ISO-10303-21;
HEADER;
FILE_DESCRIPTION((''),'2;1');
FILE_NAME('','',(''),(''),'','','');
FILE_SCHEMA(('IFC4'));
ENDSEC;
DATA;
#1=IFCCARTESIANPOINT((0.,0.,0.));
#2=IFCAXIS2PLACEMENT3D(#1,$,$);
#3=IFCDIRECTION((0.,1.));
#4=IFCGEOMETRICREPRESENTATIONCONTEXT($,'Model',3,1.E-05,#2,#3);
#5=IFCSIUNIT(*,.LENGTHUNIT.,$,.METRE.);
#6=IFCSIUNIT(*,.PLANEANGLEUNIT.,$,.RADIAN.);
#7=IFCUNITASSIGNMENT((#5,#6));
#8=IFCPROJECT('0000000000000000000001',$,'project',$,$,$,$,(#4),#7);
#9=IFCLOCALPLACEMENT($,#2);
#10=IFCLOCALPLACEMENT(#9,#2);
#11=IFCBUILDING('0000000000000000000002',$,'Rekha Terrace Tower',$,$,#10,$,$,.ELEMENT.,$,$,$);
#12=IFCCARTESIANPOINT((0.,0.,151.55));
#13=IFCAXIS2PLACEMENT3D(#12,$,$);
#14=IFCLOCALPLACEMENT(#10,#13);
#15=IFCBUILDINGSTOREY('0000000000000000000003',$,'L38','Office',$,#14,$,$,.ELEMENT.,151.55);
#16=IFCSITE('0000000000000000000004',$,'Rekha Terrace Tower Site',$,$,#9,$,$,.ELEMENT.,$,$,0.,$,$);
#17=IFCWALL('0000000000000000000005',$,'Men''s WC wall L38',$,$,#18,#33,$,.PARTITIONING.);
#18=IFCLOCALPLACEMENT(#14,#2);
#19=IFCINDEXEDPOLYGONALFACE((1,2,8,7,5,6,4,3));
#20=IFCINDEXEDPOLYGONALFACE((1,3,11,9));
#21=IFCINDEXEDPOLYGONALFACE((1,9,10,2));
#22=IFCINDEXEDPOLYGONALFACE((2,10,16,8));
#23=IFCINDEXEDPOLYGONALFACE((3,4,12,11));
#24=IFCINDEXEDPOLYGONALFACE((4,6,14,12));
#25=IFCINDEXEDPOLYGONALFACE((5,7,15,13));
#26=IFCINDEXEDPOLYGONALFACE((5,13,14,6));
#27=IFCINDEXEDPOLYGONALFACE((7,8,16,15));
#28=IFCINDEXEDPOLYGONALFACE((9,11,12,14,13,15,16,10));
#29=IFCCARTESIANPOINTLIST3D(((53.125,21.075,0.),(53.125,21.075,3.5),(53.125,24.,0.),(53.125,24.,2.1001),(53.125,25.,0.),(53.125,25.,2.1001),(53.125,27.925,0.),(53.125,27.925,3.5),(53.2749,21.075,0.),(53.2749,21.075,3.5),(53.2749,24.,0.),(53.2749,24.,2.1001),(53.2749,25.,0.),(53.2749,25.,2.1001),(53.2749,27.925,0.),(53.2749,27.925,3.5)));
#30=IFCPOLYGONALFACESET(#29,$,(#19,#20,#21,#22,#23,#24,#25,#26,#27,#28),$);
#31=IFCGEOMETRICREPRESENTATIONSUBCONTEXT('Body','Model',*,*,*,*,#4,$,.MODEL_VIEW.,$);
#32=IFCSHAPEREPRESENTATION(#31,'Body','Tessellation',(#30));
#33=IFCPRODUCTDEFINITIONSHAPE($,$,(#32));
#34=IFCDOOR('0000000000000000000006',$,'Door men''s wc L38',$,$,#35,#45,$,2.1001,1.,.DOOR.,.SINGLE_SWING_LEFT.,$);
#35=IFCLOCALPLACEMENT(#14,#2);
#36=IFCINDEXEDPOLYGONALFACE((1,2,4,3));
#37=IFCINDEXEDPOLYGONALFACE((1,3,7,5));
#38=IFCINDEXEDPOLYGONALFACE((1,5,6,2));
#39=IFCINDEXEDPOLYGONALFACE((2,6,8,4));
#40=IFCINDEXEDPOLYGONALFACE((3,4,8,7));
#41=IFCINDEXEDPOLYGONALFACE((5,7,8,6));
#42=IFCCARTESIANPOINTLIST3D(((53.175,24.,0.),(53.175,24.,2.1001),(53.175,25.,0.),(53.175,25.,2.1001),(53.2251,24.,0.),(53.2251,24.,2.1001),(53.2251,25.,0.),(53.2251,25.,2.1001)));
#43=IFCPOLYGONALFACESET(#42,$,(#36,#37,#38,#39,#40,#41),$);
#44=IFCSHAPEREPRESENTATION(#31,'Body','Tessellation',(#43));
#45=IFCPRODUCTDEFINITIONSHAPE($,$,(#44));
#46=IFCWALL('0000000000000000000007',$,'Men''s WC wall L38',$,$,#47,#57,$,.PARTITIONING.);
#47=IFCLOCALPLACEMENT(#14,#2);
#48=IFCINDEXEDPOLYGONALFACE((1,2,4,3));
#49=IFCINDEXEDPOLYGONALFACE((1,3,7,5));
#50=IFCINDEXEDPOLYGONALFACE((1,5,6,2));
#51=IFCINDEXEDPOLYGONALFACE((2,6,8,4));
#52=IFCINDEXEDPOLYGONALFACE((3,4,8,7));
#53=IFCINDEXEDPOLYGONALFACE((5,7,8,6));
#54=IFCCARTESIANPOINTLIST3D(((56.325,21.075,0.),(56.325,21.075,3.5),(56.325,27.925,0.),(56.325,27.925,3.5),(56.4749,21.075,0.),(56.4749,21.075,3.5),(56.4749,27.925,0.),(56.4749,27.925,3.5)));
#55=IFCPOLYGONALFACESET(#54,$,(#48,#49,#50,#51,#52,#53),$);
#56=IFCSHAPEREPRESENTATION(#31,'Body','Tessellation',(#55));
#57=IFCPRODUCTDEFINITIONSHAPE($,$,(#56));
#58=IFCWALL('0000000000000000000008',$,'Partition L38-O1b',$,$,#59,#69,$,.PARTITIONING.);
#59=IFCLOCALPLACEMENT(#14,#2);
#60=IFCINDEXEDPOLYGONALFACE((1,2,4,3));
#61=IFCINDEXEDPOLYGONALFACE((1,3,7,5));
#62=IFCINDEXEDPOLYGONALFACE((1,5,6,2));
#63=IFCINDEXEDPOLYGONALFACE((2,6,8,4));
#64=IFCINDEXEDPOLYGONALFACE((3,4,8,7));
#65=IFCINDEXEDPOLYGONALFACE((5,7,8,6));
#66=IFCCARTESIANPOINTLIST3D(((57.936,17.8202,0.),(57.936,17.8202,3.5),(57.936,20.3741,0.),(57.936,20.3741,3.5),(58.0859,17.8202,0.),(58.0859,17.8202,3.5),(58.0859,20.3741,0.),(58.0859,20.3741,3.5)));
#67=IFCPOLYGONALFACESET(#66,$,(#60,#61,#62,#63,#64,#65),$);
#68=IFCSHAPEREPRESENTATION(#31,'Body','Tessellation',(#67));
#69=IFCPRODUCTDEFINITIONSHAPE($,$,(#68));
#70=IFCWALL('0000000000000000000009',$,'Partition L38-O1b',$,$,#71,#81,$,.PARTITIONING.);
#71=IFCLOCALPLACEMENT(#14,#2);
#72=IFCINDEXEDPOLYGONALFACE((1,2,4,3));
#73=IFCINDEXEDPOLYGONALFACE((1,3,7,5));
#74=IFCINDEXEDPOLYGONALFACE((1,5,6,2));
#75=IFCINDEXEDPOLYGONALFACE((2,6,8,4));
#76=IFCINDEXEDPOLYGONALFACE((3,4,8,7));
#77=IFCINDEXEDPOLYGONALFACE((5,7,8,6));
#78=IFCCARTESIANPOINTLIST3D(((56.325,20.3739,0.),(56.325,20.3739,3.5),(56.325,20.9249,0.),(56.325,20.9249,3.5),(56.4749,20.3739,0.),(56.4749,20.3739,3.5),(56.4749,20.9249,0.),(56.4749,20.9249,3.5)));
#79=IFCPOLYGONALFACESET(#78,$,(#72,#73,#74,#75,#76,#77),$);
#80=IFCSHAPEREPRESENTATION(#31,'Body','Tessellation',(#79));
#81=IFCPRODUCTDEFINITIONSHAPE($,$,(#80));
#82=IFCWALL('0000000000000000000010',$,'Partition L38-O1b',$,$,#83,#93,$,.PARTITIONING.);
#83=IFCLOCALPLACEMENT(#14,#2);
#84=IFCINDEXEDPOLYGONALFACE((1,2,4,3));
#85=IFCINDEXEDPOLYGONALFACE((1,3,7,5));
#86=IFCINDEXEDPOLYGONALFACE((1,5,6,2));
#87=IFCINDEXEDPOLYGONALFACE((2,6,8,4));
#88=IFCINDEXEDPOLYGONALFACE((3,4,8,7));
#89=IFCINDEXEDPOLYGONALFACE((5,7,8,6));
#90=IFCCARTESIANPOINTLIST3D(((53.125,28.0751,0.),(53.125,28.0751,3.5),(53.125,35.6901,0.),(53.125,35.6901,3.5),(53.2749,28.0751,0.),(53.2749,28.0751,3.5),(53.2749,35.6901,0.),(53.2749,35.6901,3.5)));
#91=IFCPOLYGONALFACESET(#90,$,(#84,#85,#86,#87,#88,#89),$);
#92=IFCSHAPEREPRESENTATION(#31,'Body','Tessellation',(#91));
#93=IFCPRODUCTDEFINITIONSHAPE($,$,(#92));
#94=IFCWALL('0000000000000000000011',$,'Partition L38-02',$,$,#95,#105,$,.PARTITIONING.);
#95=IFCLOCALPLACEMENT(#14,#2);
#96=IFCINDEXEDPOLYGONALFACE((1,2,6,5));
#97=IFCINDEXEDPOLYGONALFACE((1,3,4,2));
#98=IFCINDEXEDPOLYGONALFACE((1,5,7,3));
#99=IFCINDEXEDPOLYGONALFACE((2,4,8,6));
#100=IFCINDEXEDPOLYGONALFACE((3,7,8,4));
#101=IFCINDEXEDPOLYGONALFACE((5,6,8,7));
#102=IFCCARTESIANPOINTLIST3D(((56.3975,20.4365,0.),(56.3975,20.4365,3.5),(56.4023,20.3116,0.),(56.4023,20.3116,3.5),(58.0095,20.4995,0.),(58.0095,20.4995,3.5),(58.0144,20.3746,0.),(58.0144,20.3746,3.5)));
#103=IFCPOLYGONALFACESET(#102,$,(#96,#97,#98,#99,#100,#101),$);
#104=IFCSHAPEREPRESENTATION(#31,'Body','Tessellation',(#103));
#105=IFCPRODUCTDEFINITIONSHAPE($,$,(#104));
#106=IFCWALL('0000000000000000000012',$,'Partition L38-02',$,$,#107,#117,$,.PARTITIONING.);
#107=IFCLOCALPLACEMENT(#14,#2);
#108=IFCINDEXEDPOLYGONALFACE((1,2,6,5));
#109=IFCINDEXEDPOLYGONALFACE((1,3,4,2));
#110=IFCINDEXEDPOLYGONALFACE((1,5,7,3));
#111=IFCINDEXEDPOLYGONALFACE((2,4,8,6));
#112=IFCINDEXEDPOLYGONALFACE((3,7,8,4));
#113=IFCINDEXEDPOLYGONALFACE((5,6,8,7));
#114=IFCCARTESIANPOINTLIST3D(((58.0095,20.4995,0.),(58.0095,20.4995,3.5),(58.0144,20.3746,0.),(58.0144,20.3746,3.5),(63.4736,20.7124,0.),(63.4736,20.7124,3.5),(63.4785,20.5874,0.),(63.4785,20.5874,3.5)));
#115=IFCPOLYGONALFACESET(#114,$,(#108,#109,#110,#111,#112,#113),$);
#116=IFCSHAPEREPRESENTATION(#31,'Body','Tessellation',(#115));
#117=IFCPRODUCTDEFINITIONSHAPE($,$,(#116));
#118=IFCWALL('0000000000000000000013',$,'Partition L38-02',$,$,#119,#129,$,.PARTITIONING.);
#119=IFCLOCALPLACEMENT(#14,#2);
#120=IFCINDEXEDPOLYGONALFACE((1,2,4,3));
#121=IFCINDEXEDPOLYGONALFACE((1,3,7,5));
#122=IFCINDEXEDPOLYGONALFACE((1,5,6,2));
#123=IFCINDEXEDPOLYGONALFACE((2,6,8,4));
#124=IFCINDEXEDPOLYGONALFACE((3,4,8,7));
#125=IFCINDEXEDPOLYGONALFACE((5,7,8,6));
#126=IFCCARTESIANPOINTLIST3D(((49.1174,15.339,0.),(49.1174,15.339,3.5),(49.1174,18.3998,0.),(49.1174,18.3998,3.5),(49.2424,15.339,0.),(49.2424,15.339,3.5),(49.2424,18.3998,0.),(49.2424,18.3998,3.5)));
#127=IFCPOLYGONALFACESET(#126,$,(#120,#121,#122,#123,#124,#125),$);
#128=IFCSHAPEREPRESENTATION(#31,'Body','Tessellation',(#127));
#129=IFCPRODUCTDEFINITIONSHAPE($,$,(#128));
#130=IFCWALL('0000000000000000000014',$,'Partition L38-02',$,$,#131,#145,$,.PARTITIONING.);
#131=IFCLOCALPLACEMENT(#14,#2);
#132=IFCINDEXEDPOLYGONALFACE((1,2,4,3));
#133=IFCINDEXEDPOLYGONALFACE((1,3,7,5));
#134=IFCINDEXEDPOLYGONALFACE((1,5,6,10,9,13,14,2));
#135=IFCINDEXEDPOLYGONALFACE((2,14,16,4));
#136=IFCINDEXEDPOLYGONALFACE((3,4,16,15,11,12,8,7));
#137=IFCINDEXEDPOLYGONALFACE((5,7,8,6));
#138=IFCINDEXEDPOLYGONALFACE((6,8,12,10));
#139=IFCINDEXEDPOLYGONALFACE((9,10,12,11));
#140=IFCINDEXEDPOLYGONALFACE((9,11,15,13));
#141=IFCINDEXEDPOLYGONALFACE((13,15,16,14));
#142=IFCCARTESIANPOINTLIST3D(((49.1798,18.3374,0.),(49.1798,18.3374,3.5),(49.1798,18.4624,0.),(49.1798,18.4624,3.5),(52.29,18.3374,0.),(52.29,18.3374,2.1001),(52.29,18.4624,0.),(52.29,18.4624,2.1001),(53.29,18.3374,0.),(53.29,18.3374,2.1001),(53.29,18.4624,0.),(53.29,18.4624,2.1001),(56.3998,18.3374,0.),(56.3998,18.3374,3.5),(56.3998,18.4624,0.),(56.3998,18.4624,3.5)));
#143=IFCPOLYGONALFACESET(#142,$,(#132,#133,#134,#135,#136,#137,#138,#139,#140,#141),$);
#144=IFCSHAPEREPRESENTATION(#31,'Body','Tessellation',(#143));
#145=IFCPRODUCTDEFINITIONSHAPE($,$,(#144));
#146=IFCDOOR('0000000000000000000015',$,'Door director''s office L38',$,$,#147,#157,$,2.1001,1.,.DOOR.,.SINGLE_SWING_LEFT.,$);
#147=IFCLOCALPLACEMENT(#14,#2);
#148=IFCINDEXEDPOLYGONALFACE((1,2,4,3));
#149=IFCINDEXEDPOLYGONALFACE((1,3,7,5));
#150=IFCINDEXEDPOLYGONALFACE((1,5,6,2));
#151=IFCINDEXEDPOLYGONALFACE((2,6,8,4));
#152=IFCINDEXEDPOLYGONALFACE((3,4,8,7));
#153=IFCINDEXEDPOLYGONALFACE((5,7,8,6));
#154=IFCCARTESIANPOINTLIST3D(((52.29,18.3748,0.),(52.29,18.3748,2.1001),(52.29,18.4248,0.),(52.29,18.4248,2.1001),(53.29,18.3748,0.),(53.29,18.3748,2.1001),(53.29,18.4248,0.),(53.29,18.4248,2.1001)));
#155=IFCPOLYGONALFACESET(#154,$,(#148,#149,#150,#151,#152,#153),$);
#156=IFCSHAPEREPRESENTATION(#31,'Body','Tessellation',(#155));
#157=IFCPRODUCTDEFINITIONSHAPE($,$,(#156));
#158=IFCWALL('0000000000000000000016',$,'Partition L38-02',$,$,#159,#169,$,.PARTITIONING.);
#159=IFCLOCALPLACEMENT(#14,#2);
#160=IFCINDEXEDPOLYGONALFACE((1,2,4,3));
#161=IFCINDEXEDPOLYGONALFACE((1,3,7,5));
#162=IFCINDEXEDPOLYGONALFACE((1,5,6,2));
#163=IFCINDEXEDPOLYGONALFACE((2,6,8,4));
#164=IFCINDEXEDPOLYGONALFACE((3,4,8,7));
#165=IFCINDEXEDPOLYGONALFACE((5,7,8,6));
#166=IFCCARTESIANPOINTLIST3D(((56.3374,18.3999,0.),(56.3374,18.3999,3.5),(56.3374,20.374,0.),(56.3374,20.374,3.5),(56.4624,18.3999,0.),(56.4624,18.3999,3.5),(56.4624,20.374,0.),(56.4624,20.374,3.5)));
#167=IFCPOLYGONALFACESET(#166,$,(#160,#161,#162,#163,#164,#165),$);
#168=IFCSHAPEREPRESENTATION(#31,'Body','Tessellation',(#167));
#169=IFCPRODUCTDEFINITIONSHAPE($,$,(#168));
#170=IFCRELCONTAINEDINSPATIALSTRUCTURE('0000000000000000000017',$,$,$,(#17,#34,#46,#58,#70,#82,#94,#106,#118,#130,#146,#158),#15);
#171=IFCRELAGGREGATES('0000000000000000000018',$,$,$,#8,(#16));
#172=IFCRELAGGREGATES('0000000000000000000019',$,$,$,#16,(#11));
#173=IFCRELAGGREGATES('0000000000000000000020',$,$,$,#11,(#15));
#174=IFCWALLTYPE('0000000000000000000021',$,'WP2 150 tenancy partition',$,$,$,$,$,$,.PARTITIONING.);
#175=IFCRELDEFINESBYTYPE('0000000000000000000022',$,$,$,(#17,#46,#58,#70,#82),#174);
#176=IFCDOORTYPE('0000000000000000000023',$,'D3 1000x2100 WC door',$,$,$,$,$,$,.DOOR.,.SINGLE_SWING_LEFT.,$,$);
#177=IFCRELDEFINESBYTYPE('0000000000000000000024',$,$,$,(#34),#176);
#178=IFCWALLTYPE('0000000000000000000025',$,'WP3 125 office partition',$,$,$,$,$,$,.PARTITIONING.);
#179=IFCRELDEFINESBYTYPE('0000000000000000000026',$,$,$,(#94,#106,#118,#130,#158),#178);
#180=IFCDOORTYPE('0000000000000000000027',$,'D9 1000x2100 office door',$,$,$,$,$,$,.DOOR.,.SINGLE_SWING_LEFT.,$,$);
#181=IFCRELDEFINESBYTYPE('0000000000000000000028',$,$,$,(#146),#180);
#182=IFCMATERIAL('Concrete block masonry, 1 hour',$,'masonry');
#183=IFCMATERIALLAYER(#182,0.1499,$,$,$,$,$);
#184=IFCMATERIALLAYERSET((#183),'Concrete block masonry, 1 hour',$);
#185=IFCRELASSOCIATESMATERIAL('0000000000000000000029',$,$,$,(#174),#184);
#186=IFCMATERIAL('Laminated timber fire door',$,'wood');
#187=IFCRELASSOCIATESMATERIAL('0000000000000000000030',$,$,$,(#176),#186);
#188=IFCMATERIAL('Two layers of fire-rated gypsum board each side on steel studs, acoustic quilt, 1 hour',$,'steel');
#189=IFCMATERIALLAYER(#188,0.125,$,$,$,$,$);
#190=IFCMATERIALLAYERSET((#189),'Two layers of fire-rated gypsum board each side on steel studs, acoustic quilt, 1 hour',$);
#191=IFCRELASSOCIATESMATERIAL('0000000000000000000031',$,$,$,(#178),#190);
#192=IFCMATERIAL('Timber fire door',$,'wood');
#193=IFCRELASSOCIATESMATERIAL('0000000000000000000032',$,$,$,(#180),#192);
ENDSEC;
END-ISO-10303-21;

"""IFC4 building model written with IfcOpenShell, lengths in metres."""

from ifc_helpers import new_model, si_unit, direction, frame, frame_2d, origin, place, context, subcontext, project, spatial, rectangle, extrude, material, layer, layer_set, type_object, element, fill, save


model = new_model("IFC4")

# Units and contexts
model_context = context("Model", 3, precision=1e-05, world=origin(), true_north=direction((0.0, 1.0)))
body_context = subcontext(model_context, "Body", "Model", "MODEL_VIEW")
ifc_project = project(units=[si_unit("LENGTHUNIT", "METRE"), si_unit("PLANEANGLEUNIT", "RADIAN")], contexts=[model_context])

# Site, building, storey
site_placement = place(None, origin())
site = spatial("IfcSite", under=ifc_project, at=site_placement, Name="Rekha Terrace Tower Site", CompositionType="ELEMENT", RefElevation=0.0)
building_placement = place(site_placement, origin())
building = spatial("IfcBuilding", under=site, at=building_placement, Name="Rekha Terrace Tower", CompositionType="ELEMENT")
storey_placement = place(building_placement, frame((0.0, 0.0, 151.55)))
storey = spatial("IfcBuildingStorey", under=building, at=storey_placement, Name="L38", Description="Office", CompositionType="ELEMENT", Elevation=151.55)

# Shared definitions
ifc_material_1 = material(Name="Concrete block masonry, 1 hour", Category="masonry")
ifc_layer_1 = layer(ifc_material_1, 0.1499)
ifc_layer_set_1 = layer_set([ifc_layer_1], Name="Concrete block masonry, 1 hour")
wall_type_1 = type_object("IfcWallType", Name="WP2 150 tenancy partition", PredefinedType="PARTITIONING", material=ifc_layer_set_1)

# Wall, opening, door
wall_1_placement = place(storey_placement, frame((53.2, 21.075, 0.0), z_axis=(0.0, 0.0, 1.0), x_axis=(0.0, 1.0, 0.0)))
wall_1 = element("IfcWall", 1, at=wall_1_placement, inside=storey, type_object=wall_type_1, Name="Men's WC wall L38", PredefinedType="PARTITIONING", context=body_context, shape_type="SweptSolid", body=[
    extrude(rectangle(XDim=6.8501, YDim=0.1499, at=frame_2d((3.425, 0.0))), origin(), (0.0, 0.0, 1.0), 3.5),
])
opening_1_placement = place(wall_1_placement, frame((2.925, 0.0, 0.0)))
opening_1 = element("IfcOpeningElement", 2, at=opening_1_placement, cuts=wall_1, PredefinedType="OPENING", context=body_context, shape_type="SweptSolid", body=[
    extrude(rectangle(XDim=1.0, YDim=2.1001, at=frame_2d((0.5, 1.05))), frame((0.0, 0.085, 0.0), z_axis=(0.0, -1.0, 0.0), x_axis=(1.0, 0.0, 0.0)), (0.0, 0.0, 1.0), 0.1699),
])
ifc_material_2 = material(Name="Laminated timber fire door", Category="wood")
door_type_1 = type_object("IfcDoorType", Name="D3 1000x2100 WC door", OperationType="SINGLE_SWING_LEFT", PredefinedType="DOOR", material=ifc_material_2)
door_1_placement = place(opening_1_placement, origin())
door_1 = element("IfcDoor", 3, at=door_1_placement, inside=storey, type_object=door_type_1, Name="Door men's wc L38", OperationType="SINGLE_SWING_LEFT", OverallHeight=2.1001, OverallWidth=1.0, PredefinedType="DOOR", context=body_context, shape_type="SweptSolid", body=[
    extrude(rectangle(XDim=1.0, YDim=2.1001, at=frame_2d((0.5, 1.05))), frame((0.0, 0.0249, 0.0), z_axis=(0.0, -1.0, 0.0), x_axis=(1.0, 0.0, 0.0)), (0.0, 0.0, 1.0), 0.05),
])
fill(opening_1, door_1)

# Walls
wall_2_placement = place(storey_placement, frame((56.3999, 21.075, 0.0), z_axis=(0.0, 0.0, 1.0), x_axis=(0.0, 1.0, 0.0)))
element("IfcWall", 4, at=wall_2_placement, inside=storey, type_object=wall_type_1, Name="Men's WC wall L38", PredefinedType="PARTITIONING", context=body_context, shape_type="SweptSolid", body=[
    extrude(rectangle(XDim=6.8501, YDim=0.1499, at=frame_2d((3.425, 0.0))), origin(), (0.0, 0.0, 1.0), 3.5),
])
wall_3_placement = place(storey_placement, frame((58.011, 20.374, 0.0), z_axis=(0.0, 0.0, 1.0), x_axis=(0.0, -1.0, 0.0)))
element("IfcWall", 5, at=wall_3_placement, inside=storey, type_object=wall_type_1, Name="Partition L38-O1b", PredefinedType="PARTITIONING", context=body_context, shape_type="SweptSolid", body=[
    extrude(rectangle(XDim=2.554, YDim=0.1499, at=frame_2d((1.2769, 0.0))), origin(), (0.0, 0.0, 1.0), 3.5),
])
wall_4_placement = place(storey_placement, frame((56.3999, 20.374, 0.0), z_axis=(0.0, 0.0, 1.0), x_axis=(0.0, 1.0, 0.0)))
element("IfcWall", 6, at=wall_4_placement, inside=storey, type_object=wall_type_1, Name="Partition L38-O1b", PredefinedType="PARTITIONING", context=body_context, shape_type="SweptSolid", body=[
    extrude(rectangle(XDim=0.551, YDim=0.1499, at=frame_2d((0.2754, 0.0))), origin(), (0.0, 0.0, 1.0), 3.5),
])
wall_5_placement = place(storey_placement, frame((53.2, 28.075, 0.0), z_axis=(0.0, 0.0, 1.0), x_axis=(0.0, 1.0, 0.0)))
element("IfcWall", 7, at=wall_5_placement, inside=storey, type_object=wall_type_1, Name="Partition L38-O1b", PredefinedType="PARTITIONING", context=body_context, shape_type="SweptSolid", body=[
    extrude(rectangle(XDim=7.615, YDim=0.1499, at=frame_2d((3.8076, 0.0))), origin(), (0.0, 0.0, 1.0), 3.5),
])
ifc_material_3 = material(Name="Two layers of fire-rated gypsum board each side on steel studs, acoustic quilt, 1 hour", Category="steel")
ifc_layer_2 = layer(ifc_material_3, 0.125)
ifc_layer_set_2 = layer_set([ifc_layer_2], Name="Two layers of fire-rated gypsum board each side on steel studs, acoustic quilt, 1 hour")
wall_type_2 = type_object("IfcWallType", Name="WP3 125 office partition", PredefinedType="PARTITIONING", material=ifc_layer_set_2)
wall_6_placement = place(storey_placement, frame((56.3999, 20.374, 0.0), z_axis=(0.0, 0.0, 1.0), x_axis=(0.999238, 0.039043, 0.0)))
element("IfcWall", 8, at=wall_6_placement, inside=storey, type_object=wall_type_2, Name="Partition L38-02", PredefinedType="PARTITIONING", context=body_context, shape_type="SweptSolid", body=[
    extrude(rectangle(XDim=1.6133, YDim=0.125, at=frame_2d((0.8066, 0.0))), origin(), (0.0, 0.0, 1.0), 3.5),
])
wall_7_placement = place(storey_placement, frame((58.012, 20.437, 0.0), z_axis=(0.0, 0.0, 1.0), x_axis=(0.999242, 0.038932, 0.0)))
element("IfcWall", 9, at=wall_7_placement, inside=storey, type_object=wall_type_2, Name="Partition L38-02", PredefinedType="PARTITIONING", context=body_context, shape_type="SweptSolid", body=[
    extrude(rectangle(XDim=5.4683, YDim=0.125, at=frame_2d((2.7341, 0.0))), origin(), (0.0, 0.0, 1.0), 3.5),
])
wall_8_placement = place(storey_placement, frame((49.1799, 15.3391, 0.0), z_axis=(0.0, 0.0, 1.0), x_axis=(0.0, 1.0, 0.0)))
element("IfcWall", 10, at=wall_8_placement, inside=storey, type_object=wall_type_2, Name="Partition L38-02", PredefinedType="PARTITIONING", context=body_context, shape_type="SweptSolid", body=[
    extrude(rectangle(XDim=3.0608, YDim=0.125, at=frame_2d((1.5303, 0.0))), origin(), (0.0, 0.0, 1.0), 3.5),
])

# Wall, opening, door
wall_9_placement = place(storey_placement, frame((49.1799, 18.3999, 0.0), z_axis=(0.0, 0.0, 1.0), x_axis=(1.0, 0.0, 0.0)))
wall_9 = element("IfcWall", 11, at=wall_9_placement, inside=storey, type_object=wall_type_2, Name="Partition L38-02", PredefinedType="PARTITIONING", context=body_context, shape_type="SweptSolid", body=[
    extrude(rectangle(XDim=7.22, YDim=0.125, at=frame_2d((3.6099, 0.0))), origin(), (0.0, 0.0, 1.0), 3.5),
])
opening_2_placement = place(wall_9_placement, frame((3.1101, 0.0, 0.0)))
opening_2 = element("IfcOpeningElement", 12, at=opening_2_placement, cuts=wall_9, PredefinedType="OPENING", context=body_context, shape_type="SweptSolid", body=[
    extrude(rectangle(XDim=1.0, YDim=2.1001, at=frame_2d((0.5, 1.05))), frame((0.0, 0.0725, 0.0), z_axis=(0.0, -1.0, 0.0), x_axis=(1.0, 0.0, 0.0)), (0.0, 0.0, 1.0), 0.145),
])
ifc_material_4 = material(Name="Timber fire door", Category="wood")
door_type_2 = type_object("IfcDoorType", Name="D9 1000x2100 office door", OperationType="SINGLE_SWING_LEFT", PredefinedType="DOOR", material=ifc_material_4)
door_2_placement = place(opening_2_placement, origin())
door_2 = element("IfcDoor", 13, at=door_2_placement, inside=storey, type_object=door_type_2, Name="Door director's office L38", OperationType="SINGLE_SWING_LEFT", OverallHeight=2.1001, OverallWidth=1.0, PredefinedType="DOOR", context=body_context, shape_type="SweptSolid", body=[
    extrude(rectangle(XDim=1.0, YDim=2.1001, at=frame_2d((0.5, 1.05))), frame((0.0, 0.0249, 0.0), z_axis=(0.0, -1.0, 0.0), x_axis=(1.0, 0.0, 0.0)), (0.0, 0.0, 1.0), 0.05),
])
fill(opening_2, door_2)

# Wall
wall_10_placement = place(storey_placement, frame((56.3999, 18.3999, 0.0), z_axis=(0.0, 0.0, 1.0), x_axis=(0.0, 1.0, 0.0)))
element("IfcWall", 14, at=wall_10_placement, inside=storey, type_object=wall_type_2, Name="Partition L38-02", PredefinedType="PARTITIONING", context=body_context, shape_type="SweptSolid", body=[
    extrude(rectangle(XDim=1.9741, YDim=0.125, at=frame_2d((0.9871, 0.0))), origin(), (0.0, 0.0, 1.0), 3.5),
])

save(model, "model.ifc")
